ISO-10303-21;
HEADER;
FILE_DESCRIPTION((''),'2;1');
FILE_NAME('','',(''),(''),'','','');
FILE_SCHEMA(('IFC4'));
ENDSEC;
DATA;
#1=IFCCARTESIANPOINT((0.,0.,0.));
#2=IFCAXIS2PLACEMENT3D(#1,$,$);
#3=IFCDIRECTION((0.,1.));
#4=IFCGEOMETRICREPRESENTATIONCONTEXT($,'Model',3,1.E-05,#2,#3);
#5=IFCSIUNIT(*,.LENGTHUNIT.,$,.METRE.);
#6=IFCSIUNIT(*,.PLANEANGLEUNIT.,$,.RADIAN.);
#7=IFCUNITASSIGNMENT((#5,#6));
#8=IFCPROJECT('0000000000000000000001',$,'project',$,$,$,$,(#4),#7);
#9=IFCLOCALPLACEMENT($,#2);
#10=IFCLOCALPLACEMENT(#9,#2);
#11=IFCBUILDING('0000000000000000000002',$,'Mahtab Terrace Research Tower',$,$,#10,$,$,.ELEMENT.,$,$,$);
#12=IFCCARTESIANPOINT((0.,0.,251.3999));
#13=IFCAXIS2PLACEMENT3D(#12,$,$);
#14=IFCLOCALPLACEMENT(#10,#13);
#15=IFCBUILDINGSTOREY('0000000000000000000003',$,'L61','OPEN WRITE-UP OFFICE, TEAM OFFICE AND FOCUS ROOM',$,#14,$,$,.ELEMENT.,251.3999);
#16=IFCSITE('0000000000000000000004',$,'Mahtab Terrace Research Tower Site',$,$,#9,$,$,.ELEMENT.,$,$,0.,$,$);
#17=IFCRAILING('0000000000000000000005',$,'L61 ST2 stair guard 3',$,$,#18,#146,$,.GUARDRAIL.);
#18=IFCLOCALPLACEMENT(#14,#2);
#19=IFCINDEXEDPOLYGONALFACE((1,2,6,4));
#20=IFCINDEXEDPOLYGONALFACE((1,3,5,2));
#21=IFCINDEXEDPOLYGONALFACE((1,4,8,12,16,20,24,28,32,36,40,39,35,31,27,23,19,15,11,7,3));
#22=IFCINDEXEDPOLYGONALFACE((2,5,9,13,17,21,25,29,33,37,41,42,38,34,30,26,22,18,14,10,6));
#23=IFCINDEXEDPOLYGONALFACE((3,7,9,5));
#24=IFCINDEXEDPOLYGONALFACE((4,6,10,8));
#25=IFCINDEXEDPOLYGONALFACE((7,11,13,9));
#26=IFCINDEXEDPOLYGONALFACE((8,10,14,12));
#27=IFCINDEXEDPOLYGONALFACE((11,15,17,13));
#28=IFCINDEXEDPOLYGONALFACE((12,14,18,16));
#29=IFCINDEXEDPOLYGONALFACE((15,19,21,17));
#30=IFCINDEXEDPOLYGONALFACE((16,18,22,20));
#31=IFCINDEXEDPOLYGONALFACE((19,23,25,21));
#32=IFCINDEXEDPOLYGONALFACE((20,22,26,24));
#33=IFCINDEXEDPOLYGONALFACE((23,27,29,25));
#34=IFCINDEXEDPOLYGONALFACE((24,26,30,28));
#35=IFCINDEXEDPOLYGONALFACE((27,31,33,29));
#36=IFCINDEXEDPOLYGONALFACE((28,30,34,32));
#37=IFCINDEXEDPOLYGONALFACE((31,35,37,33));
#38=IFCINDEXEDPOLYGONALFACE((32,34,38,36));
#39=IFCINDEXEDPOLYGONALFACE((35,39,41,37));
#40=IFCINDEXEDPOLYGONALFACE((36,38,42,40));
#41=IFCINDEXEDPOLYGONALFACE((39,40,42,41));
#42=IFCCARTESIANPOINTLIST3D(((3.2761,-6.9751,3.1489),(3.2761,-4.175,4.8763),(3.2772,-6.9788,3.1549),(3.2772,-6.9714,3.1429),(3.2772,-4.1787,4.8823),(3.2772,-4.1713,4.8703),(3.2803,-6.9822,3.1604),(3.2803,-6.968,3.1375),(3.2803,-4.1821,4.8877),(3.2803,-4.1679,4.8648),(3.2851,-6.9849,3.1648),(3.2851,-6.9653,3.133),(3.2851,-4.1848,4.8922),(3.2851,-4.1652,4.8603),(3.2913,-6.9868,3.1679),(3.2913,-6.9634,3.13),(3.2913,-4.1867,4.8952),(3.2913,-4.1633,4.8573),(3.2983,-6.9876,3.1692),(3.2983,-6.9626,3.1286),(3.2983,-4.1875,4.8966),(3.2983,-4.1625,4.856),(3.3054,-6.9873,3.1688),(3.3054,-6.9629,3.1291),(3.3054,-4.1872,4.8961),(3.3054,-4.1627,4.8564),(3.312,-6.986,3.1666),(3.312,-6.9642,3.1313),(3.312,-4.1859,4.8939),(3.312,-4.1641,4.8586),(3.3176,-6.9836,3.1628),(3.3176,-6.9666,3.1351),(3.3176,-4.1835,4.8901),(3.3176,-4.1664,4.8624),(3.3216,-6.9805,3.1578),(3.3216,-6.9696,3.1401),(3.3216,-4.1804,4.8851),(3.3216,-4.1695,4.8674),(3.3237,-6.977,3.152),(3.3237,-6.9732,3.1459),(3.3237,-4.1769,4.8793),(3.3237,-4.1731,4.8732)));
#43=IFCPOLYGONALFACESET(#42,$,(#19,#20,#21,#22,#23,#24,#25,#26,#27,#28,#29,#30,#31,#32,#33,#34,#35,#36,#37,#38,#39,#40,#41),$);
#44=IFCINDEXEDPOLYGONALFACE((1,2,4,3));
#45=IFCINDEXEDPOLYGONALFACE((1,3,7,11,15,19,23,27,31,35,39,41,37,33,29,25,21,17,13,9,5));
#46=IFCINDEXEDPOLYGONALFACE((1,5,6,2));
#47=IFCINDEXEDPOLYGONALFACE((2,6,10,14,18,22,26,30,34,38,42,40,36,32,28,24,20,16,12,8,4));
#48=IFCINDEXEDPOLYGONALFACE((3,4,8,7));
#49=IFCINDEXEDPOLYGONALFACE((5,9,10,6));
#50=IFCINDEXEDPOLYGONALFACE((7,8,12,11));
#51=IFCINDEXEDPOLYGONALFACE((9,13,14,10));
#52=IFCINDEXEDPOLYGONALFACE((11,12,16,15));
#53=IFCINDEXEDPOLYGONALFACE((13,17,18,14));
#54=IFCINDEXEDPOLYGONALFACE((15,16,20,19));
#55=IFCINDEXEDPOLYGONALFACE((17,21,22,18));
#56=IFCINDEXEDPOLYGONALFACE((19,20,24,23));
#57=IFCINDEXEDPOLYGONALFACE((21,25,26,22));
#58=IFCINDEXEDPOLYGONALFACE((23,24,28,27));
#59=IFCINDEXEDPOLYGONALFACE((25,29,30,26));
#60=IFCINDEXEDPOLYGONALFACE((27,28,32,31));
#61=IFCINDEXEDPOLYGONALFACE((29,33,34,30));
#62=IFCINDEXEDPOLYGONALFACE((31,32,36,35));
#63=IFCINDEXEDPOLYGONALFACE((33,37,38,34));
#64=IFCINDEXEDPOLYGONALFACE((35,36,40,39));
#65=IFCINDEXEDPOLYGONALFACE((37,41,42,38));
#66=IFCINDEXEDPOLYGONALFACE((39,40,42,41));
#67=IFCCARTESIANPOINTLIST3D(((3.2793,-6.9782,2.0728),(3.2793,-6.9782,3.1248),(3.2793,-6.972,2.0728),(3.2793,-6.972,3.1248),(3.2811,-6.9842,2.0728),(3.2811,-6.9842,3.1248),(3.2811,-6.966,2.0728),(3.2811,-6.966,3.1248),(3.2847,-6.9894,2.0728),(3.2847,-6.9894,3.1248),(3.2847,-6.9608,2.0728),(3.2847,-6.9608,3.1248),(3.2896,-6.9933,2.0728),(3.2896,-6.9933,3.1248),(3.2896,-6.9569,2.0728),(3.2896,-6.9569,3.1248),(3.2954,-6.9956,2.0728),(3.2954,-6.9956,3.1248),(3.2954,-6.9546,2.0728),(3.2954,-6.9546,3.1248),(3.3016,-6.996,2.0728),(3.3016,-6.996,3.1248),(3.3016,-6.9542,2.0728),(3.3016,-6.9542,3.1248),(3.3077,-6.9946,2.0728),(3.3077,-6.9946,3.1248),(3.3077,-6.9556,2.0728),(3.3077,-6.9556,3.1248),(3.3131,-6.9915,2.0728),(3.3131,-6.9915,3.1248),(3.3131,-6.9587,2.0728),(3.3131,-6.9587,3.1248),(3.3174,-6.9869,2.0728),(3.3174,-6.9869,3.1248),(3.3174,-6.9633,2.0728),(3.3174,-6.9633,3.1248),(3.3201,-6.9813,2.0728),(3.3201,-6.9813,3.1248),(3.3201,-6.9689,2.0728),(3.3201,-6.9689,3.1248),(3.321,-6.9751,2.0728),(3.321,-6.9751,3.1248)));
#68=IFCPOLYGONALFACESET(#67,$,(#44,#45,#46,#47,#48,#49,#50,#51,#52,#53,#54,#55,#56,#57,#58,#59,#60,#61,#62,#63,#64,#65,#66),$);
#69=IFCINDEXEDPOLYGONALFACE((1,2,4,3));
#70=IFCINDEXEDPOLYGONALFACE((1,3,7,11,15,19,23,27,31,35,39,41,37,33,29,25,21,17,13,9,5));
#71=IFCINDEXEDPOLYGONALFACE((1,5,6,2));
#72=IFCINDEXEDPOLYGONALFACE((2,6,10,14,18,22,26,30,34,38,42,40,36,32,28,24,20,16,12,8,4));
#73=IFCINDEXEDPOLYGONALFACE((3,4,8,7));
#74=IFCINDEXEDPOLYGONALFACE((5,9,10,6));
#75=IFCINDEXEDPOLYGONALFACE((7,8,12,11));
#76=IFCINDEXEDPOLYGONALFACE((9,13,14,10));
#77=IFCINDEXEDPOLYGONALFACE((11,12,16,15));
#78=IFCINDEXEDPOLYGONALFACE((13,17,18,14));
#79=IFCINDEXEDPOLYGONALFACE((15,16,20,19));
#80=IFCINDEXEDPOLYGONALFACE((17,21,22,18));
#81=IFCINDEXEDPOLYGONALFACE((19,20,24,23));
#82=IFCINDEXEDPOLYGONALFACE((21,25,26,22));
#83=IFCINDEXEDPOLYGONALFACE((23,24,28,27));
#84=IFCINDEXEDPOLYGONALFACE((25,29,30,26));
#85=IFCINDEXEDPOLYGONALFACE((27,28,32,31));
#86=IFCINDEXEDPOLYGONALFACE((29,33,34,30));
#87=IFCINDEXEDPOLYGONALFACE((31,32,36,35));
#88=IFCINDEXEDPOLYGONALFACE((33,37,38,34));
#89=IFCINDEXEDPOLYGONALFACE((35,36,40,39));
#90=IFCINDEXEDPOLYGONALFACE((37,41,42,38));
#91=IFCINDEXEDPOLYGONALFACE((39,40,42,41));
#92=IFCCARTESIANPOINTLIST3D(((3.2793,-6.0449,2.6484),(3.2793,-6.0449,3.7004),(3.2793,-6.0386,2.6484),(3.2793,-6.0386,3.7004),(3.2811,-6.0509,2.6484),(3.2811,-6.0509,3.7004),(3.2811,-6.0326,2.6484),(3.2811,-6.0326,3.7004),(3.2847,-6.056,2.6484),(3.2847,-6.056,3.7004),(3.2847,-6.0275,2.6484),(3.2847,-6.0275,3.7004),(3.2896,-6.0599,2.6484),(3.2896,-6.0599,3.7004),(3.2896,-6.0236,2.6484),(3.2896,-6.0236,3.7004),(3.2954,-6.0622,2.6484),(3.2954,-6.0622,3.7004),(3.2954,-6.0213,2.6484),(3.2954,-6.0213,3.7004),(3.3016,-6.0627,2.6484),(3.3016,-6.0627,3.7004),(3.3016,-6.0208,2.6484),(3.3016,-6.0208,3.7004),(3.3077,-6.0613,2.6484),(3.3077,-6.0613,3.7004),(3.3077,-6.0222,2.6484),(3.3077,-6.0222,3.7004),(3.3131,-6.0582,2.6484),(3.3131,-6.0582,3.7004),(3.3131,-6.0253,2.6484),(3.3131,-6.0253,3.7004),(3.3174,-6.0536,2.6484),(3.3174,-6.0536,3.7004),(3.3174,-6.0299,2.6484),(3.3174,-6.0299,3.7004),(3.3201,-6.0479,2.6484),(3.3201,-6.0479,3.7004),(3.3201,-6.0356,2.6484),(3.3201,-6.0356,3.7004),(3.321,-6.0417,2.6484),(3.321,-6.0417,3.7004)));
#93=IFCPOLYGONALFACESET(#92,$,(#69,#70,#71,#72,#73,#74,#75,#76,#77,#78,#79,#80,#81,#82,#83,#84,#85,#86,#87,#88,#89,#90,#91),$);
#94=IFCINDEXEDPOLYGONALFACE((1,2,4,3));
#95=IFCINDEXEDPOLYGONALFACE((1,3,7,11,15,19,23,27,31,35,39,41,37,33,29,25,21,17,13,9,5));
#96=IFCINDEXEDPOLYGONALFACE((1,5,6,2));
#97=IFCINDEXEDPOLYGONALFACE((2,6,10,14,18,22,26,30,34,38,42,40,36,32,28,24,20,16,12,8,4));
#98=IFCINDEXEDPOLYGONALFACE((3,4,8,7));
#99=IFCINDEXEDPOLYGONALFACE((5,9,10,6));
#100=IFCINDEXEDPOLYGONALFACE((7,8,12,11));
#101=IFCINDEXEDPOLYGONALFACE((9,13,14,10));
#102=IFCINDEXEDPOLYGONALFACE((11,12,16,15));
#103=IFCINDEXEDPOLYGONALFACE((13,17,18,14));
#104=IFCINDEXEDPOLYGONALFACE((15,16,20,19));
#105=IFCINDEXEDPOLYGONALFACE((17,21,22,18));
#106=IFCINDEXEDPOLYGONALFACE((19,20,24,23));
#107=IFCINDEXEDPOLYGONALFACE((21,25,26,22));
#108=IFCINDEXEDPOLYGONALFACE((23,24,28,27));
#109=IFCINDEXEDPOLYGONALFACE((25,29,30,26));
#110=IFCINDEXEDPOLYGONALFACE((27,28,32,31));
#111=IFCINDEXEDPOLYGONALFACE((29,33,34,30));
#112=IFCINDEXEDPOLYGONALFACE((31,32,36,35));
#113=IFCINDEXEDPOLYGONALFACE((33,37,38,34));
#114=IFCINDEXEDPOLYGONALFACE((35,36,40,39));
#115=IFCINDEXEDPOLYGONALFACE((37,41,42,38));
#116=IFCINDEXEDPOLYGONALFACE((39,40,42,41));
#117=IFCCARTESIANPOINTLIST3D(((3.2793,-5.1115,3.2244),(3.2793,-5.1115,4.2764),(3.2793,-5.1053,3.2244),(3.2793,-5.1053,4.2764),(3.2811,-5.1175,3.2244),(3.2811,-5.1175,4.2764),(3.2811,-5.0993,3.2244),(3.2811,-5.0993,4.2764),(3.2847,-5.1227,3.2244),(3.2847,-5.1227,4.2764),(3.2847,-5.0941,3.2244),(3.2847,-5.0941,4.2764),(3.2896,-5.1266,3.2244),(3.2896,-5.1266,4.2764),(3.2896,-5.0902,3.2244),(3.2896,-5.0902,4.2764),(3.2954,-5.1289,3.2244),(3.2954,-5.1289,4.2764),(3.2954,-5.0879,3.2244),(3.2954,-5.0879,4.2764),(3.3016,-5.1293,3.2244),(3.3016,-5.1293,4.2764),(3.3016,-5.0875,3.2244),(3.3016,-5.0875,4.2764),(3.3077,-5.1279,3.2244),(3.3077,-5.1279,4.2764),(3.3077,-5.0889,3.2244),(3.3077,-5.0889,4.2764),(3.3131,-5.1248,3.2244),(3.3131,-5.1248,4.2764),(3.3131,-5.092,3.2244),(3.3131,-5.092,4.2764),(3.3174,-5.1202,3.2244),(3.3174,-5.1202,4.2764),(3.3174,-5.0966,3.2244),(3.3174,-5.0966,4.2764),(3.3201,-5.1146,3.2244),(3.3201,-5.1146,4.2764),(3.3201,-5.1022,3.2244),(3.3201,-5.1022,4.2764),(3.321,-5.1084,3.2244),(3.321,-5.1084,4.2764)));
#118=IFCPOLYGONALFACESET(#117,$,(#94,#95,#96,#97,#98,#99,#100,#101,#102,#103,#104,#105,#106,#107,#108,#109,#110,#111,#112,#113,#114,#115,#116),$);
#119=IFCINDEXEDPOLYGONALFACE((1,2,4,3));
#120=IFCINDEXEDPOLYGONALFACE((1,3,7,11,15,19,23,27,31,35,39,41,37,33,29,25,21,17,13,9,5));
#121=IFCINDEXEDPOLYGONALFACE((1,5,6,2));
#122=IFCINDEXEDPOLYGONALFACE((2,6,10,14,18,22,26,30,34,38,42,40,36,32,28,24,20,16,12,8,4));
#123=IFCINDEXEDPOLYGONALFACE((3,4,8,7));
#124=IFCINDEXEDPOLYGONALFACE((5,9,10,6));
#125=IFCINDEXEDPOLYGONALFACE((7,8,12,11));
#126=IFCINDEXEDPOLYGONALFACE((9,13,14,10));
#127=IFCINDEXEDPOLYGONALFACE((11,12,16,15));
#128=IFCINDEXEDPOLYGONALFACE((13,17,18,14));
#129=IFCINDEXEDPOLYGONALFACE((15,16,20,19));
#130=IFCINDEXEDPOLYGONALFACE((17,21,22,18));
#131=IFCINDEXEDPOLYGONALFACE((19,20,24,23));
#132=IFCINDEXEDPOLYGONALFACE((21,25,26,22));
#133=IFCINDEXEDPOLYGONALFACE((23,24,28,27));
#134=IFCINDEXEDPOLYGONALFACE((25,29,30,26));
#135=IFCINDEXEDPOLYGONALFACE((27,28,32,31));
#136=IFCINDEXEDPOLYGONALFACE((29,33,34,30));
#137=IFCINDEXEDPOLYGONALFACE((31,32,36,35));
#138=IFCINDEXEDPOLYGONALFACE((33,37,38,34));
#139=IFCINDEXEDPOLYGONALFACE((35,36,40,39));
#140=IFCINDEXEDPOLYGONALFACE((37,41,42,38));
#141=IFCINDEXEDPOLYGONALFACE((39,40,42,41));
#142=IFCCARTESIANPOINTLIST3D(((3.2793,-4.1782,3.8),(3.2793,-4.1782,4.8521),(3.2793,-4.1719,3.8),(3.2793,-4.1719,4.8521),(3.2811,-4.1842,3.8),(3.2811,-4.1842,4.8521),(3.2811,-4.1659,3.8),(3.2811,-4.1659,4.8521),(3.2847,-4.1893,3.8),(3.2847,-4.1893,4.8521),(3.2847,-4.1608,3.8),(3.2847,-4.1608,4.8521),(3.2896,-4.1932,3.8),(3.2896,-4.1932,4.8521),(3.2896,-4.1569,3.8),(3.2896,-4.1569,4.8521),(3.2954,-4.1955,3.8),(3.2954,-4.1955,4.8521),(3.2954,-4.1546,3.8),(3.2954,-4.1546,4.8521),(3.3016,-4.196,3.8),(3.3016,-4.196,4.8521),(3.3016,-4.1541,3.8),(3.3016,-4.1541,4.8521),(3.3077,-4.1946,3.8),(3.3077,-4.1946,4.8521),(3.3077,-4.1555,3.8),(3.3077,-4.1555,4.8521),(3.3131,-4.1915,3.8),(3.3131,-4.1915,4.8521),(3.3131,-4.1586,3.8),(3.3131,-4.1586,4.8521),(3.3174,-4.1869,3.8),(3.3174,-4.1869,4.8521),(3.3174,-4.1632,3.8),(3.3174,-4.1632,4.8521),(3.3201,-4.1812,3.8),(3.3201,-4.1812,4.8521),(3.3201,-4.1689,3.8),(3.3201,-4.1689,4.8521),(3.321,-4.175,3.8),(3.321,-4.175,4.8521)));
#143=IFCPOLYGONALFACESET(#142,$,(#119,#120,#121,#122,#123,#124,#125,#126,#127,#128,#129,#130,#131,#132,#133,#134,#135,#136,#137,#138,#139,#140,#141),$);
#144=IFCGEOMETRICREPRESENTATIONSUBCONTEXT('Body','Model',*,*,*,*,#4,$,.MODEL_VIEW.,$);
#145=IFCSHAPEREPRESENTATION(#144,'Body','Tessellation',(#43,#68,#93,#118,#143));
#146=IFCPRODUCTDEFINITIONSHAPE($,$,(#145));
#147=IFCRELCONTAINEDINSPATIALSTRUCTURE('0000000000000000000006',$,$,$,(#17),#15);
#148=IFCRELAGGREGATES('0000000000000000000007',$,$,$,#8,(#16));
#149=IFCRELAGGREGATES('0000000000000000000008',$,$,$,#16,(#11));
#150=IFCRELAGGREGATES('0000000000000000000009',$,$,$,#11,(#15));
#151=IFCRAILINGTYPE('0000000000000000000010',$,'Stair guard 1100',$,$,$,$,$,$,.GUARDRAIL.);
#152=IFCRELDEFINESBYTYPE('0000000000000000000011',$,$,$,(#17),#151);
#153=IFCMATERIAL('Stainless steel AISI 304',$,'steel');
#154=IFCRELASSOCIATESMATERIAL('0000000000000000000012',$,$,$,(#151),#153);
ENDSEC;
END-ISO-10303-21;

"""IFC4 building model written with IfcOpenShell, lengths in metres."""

from ifc_helpers import new_model, si_unit, direction, frame, origin, origin_2d, place, context, subcontext, project, spatial, circle, extrude, material, type_object, element, save


model = new_model("IFC4")

# Units and contexts
model_context = context("Model", 3, precision=1e-05, world=origin(), true_north=direction((0.0, 1.0)))
body_context = subcontext(model_context, "Body", "Model", "MODEL_VIEW")
ifc_project = project(units=[si_unit("LENGTHUNIT", "METRE"), si_unit("PLANEANGLEUNIT", "RADIAN")], contexts=[model_context])

# Site, building, storey
site_placement = place(None, origin())
site = spatial("IfcSite", under=ifc_project, at=site_placement, Name="Mahtab Terrace Research Tower Site", CompositionType="ELEMENT", RefElevation=0.0)
building_placement = place(site_placement, origin())
building = spatial("IfcBuilding", under=site, at=building_placement, Name="Mahtab Terrace Research Tower", CompositionType="ELEMENT")
storey_placement = place(building_placement, frame((0.0, 0.0, 251.3999)))
storey = spatial("IfcBuildingStorey", under=building, at=storey_placement, Name="L61", Description="OPEN WRITE-UP OFFICE, TEAM OFFICE AND FOCUS ROOM", CompositionType="ELEMENT", Elevation=251.3999)

# Railing
ifc_material_1 = material(Name="Stainless steel AISI 304", Category="steel")
railing_type_1 = type_object("IfcRailingType", Name="Stair guard 1100", PredefinedType="GUARDRAIL", material=ifc_material_1)
railing_1_placement = place(storey_placement, frame((3.3, -6.9751, 2.0728)))
element("IfcRailing", 1, at=railing_1_placement, inside=storey, type_object=railing_type_1, Name="L61 ST2 stair guard 3", PredefinedType="GUARDRAIL", context=body_context, shape_type="SweptSolid", body=[
    extrude(circle(Radius=0.0239, at=origin_2d()), frame((0.0, 0.0, 1.0762), z_axis=(0.0, 0.85109, 0.52502), x_axis=(-1.0, 0.0, 0.0)), (0.0, 0.0, 1.0), 3.29),
    extrude(circle(Radius=0.021, at=origin_2d()), origin(), (0.0, 0.0, 1.0), 1.052),
    extrude(circle(Radius=0.021, at=origin_2d()), frame((0.0, 0.9333, 0.5757)), (0.0, 0.0, 1.0), 1.052),
    extrude(circle(Radius=0.021, at=origin_2d()), frame((0.0, 1.8667, 1.1516)), (0.0, 0.0, 1.0), 1.052),
    extrude(circle(Radius=0.021, at=origin_2d()), frame((0.0, 2.8, 1.7273)), (0.0, 0.0, 1.0), 1.052),
])

save(model, "model.ifc")
